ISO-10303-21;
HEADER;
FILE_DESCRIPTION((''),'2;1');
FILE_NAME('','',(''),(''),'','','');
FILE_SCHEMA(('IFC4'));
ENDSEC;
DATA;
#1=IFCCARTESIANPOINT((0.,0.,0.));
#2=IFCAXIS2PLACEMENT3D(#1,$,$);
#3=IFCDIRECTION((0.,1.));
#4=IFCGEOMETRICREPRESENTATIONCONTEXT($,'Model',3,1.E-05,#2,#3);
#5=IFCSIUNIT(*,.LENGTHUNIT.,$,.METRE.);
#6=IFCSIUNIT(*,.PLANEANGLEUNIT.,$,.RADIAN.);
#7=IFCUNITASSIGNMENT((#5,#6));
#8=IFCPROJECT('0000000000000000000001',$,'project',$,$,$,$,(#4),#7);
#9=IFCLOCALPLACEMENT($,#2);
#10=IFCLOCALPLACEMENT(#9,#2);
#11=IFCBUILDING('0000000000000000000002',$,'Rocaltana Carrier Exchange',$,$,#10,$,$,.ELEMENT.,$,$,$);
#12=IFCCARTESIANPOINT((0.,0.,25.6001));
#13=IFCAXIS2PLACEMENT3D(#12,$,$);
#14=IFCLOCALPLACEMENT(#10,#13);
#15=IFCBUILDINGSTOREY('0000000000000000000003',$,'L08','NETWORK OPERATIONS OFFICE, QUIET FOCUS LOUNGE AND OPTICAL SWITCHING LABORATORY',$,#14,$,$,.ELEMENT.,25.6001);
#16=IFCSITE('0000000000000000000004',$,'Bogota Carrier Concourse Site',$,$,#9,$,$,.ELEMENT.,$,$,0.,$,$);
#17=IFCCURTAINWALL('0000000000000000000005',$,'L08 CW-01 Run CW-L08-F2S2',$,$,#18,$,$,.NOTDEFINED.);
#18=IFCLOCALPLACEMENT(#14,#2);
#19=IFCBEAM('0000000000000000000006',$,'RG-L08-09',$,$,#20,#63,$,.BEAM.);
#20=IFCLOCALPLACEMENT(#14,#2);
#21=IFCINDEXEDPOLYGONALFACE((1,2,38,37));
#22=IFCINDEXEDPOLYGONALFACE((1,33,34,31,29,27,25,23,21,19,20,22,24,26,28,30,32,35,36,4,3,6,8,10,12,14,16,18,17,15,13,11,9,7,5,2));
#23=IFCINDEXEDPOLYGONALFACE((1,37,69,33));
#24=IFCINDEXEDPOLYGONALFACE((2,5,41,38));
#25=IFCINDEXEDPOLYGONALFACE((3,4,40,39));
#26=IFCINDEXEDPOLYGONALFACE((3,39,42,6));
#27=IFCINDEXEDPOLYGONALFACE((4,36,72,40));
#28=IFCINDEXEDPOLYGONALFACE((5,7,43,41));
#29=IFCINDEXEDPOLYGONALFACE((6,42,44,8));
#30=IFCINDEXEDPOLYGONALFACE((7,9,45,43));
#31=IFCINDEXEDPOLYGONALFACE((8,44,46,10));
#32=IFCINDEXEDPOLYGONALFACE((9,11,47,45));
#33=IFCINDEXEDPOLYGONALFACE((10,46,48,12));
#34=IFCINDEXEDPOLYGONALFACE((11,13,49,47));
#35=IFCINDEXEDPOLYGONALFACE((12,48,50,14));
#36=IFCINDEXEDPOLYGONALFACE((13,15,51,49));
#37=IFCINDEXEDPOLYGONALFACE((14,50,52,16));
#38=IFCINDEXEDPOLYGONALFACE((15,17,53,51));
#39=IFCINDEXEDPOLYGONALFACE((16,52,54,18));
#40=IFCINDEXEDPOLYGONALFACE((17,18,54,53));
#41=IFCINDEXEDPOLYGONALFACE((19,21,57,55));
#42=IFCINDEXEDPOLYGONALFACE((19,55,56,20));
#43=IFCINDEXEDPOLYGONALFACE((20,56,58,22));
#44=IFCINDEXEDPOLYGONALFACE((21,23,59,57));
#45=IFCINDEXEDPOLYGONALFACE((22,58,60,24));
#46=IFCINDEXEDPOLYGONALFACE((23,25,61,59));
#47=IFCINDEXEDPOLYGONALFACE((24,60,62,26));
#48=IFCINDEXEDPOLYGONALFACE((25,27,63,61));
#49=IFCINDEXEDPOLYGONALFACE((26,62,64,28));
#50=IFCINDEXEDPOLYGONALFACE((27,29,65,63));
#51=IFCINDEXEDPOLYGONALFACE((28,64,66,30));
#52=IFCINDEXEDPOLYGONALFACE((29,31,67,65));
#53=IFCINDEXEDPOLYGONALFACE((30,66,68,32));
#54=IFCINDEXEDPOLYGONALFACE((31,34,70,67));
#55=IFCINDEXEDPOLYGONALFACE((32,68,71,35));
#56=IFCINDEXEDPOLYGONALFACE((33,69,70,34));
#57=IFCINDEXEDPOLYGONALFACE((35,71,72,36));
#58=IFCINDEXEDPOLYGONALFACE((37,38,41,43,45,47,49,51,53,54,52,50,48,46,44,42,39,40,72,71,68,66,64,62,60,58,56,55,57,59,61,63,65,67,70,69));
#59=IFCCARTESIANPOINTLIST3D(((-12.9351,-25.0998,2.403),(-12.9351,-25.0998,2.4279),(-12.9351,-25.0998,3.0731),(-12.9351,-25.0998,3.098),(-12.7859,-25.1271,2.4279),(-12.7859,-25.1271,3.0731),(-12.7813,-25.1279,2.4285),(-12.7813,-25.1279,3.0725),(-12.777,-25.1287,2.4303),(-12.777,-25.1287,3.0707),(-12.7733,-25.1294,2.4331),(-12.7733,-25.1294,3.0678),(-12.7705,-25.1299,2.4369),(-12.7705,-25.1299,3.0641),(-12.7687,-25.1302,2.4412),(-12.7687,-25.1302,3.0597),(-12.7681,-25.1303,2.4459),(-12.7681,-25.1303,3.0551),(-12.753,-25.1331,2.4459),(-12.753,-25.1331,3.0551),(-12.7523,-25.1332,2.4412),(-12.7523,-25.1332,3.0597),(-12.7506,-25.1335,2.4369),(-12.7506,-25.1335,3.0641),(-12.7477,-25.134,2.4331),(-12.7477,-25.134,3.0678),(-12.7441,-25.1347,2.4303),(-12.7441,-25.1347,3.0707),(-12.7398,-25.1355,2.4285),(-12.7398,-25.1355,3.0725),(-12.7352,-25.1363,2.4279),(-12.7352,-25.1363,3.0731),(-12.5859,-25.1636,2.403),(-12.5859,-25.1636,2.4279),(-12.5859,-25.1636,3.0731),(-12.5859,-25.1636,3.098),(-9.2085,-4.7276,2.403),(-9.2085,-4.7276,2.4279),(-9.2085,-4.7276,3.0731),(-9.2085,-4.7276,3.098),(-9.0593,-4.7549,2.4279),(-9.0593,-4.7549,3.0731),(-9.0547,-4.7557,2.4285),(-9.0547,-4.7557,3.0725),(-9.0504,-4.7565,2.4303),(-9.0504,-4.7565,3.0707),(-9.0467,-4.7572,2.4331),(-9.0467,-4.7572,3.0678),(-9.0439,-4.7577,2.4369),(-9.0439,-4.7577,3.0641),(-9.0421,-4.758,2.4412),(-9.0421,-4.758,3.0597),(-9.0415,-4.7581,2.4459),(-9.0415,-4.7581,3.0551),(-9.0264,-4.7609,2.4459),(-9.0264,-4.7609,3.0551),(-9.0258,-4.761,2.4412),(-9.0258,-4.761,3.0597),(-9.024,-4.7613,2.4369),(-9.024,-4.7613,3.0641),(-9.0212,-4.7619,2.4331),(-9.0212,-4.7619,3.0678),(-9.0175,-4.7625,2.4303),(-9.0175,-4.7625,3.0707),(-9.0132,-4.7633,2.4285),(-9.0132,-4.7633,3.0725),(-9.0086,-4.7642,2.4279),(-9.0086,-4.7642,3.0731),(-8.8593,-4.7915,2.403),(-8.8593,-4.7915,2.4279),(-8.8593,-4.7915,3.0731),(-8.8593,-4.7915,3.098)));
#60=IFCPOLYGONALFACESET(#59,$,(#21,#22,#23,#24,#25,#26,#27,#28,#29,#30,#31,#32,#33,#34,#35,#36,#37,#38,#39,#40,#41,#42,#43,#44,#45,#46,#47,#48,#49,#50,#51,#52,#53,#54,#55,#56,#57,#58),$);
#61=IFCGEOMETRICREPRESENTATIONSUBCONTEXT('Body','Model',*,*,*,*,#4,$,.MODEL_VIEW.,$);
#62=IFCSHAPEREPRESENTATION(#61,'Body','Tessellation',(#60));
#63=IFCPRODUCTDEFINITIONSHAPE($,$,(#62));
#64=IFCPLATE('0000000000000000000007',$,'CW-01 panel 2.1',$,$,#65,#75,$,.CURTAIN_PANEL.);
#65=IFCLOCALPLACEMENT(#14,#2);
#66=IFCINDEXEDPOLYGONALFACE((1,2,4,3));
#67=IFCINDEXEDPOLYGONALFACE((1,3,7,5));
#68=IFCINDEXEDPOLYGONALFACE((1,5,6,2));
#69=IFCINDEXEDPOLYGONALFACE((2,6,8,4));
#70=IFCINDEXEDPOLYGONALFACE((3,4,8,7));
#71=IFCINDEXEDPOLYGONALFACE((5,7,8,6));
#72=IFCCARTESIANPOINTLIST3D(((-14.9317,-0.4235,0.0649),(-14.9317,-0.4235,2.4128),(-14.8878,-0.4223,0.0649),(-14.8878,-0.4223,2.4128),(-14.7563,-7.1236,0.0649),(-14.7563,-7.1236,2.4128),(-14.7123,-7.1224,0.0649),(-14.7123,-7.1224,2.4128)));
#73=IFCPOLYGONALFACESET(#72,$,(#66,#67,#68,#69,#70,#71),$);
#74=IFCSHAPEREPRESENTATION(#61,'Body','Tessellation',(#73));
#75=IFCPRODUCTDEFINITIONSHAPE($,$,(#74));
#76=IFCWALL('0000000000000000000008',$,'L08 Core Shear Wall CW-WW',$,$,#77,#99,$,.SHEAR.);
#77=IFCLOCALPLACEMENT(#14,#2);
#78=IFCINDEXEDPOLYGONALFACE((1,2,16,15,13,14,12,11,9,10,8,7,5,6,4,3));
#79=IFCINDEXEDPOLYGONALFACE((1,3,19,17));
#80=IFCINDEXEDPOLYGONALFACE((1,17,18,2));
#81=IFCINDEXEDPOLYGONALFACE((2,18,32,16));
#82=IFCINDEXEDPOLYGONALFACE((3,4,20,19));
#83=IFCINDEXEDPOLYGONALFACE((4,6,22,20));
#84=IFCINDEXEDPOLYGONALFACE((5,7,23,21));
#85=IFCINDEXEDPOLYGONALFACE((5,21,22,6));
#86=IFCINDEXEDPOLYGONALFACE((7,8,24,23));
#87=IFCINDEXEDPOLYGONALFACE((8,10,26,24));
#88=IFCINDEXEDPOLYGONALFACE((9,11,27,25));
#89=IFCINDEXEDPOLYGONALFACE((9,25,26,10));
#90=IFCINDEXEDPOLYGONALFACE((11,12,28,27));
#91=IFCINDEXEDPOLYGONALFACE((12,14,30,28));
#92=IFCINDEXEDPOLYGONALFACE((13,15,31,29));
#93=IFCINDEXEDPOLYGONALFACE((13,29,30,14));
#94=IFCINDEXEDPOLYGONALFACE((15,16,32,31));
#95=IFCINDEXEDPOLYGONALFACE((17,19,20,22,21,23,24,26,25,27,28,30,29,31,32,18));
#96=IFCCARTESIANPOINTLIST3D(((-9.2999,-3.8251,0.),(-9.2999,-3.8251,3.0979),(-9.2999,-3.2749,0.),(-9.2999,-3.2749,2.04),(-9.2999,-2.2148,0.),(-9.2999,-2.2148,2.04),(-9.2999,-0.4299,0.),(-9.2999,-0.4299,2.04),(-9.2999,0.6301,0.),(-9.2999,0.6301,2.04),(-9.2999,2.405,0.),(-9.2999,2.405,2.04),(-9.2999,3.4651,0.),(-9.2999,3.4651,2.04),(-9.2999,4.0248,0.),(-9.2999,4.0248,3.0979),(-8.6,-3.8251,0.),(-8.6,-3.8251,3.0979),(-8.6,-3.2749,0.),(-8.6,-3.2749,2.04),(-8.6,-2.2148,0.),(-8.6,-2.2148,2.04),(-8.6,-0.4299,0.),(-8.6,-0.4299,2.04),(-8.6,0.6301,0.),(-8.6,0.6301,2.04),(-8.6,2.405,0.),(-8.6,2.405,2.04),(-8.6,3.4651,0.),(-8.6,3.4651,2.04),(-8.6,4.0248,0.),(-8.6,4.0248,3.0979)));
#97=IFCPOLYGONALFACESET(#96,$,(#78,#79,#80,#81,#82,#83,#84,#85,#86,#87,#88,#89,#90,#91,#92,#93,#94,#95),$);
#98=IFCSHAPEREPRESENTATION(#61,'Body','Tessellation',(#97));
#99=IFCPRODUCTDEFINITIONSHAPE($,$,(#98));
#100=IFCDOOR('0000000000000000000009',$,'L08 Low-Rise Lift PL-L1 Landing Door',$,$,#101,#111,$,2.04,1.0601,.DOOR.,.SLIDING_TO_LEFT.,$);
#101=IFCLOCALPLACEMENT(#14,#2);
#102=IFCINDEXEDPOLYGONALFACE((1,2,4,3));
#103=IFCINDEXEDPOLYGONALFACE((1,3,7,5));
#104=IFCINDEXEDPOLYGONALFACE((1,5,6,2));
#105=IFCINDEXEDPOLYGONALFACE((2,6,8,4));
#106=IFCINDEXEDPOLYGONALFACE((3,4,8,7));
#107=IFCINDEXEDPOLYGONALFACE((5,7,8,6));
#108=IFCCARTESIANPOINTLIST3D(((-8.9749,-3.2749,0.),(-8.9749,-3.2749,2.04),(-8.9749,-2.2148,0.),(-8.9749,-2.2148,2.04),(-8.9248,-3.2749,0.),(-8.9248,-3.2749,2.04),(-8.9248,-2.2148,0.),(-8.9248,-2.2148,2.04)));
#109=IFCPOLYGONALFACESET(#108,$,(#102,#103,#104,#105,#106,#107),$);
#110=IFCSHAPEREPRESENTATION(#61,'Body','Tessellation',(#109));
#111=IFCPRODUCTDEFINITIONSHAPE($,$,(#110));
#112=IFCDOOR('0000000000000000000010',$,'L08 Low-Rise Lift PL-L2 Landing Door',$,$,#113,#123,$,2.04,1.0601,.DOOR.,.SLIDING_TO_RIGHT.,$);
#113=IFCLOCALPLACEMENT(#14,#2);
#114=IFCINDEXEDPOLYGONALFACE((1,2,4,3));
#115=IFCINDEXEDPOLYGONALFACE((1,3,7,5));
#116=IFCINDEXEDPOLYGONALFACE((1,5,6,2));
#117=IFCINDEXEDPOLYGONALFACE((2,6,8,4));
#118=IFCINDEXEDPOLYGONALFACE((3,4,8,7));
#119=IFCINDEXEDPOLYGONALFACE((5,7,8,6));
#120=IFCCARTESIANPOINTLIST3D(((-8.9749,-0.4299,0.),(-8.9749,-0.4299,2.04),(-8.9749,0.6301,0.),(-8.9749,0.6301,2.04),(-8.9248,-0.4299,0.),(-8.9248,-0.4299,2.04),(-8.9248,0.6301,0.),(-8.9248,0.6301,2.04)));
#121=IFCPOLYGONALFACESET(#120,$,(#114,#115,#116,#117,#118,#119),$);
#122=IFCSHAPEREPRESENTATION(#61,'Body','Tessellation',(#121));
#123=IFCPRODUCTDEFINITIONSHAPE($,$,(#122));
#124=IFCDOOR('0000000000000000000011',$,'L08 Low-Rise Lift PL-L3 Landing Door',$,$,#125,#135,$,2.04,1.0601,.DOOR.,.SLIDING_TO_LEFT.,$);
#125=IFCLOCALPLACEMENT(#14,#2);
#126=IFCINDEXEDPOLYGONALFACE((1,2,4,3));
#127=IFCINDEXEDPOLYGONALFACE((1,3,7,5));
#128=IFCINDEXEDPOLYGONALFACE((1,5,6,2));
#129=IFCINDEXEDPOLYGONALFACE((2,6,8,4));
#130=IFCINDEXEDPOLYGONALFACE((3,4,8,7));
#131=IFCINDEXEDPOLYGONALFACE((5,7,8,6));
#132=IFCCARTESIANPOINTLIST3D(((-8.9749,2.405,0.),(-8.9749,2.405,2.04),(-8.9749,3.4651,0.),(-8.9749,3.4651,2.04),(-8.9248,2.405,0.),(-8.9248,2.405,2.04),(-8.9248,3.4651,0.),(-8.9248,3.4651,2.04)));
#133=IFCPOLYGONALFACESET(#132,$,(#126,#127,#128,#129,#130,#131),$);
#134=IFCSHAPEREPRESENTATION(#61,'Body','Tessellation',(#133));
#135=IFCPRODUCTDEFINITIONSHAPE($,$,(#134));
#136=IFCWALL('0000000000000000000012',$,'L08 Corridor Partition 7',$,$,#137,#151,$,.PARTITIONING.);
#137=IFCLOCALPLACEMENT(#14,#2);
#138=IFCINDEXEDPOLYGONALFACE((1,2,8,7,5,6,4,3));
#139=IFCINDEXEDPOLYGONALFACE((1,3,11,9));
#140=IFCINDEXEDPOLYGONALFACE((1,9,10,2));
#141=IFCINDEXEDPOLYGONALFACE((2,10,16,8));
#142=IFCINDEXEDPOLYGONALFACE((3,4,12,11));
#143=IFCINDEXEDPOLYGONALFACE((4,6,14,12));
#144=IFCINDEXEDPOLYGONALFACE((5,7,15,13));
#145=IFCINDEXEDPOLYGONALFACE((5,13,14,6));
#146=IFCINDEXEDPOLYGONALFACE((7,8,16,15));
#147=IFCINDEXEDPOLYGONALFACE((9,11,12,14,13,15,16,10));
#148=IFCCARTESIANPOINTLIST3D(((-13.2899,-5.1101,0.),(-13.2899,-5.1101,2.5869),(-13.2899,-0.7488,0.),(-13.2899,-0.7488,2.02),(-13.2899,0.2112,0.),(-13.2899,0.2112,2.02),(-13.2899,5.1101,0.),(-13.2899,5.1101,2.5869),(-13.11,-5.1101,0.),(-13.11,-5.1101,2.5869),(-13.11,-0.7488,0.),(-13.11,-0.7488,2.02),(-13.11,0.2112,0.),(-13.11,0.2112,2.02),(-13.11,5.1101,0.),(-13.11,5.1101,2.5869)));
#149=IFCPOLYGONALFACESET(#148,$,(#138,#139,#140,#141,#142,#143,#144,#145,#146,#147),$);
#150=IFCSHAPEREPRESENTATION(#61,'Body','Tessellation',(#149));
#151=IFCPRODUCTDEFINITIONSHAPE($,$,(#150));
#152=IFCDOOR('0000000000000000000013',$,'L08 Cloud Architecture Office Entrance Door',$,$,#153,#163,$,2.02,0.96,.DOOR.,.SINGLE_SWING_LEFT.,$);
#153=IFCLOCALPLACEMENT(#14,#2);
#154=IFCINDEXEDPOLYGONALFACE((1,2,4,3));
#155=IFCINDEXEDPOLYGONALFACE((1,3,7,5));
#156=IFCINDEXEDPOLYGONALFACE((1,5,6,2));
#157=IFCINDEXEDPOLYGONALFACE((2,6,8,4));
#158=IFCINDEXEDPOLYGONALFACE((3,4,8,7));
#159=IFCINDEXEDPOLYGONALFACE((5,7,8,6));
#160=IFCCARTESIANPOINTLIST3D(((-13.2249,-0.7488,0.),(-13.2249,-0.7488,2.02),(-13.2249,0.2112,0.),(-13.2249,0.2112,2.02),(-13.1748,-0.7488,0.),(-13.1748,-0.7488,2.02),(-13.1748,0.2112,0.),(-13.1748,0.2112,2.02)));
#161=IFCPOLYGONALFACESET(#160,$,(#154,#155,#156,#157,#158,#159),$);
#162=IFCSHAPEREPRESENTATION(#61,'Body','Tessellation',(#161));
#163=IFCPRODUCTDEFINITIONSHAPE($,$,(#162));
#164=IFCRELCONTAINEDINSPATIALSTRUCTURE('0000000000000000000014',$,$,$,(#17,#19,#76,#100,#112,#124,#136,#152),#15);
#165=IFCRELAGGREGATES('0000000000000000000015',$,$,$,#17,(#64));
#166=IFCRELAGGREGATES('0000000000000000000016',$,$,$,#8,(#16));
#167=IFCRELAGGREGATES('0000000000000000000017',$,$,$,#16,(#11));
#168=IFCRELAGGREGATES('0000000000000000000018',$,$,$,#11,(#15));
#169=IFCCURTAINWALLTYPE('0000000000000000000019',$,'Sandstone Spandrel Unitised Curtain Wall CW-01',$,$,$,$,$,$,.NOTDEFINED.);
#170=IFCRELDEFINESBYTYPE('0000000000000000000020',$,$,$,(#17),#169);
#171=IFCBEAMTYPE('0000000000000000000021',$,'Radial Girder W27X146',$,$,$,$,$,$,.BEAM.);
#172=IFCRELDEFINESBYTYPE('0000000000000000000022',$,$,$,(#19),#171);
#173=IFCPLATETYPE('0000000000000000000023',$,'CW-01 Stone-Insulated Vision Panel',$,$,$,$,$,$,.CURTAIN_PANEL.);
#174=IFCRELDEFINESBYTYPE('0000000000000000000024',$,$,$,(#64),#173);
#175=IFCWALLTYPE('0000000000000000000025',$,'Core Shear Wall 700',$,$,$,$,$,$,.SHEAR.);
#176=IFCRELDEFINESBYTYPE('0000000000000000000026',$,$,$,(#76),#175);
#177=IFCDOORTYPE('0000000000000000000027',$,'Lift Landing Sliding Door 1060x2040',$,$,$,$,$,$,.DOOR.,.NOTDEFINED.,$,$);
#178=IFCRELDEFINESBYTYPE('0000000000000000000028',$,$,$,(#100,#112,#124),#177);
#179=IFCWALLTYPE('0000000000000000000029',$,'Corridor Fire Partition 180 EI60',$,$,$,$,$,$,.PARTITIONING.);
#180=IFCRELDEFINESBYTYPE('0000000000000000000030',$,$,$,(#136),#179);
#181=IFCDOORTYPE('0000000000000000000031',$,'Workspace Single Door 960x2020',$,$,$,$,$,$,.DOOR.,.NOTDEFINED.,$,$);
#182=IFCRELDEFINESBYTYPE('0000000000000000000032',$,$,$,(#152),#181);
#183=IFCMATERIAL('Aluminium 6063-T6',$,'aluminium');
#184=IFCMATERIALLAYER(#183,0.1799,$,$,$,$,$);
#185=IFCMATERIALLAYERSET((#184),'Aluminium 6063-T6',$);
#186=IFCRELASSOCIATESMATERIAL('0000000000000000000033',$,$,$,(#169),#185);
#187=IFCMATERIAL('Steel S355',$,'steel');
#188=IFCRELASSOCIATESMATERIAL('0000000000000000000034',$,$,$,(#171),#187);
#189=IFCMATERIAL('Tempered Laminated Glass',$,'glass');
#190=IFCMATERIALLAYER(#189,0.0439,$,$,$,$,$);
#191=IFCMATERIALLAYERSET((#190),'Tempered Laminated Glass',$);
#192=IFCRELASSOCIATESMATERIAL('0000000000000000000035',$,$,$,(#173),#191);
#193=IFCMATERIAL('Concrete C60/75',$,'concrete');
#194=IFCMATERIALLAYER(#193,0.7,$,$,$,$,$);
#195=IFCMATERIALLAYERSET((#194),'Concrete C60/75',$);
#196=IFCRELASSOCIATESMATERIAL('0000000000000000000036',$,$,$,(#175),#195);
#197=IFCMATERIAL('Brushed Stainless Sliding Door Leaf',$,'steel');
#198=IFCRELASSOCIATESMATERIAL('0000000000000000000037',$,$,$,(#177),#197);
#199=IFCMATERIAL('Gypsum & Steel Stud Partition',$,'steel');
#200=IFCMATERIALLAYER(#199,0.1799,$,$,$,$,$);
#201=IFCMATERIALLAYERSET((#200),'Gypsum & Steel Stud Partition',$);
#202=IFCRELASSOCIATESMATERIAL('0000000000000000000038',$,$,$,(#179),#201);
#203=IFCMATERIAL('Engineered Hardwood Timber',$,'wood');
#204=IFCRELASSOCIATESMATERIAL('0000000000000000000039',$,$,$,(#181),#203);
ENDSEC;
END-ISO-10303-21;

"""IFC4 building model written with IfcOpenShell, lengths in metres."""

from ifc_helpers import new_model, si_unit, direction, frame, frame_2d, origin, origin_2d, place, context, subcontext, project, spatial, rectangle, i_section, extrude, material, layer, layer_set, material_profile, profile_set, type_object, element, fill, aggregate, save


model = new_model("IFC4")

# Units and contexts
model_context = context("Model", 3, precision=1e-05, world=origin(), true_north=direction((0.0, 1.0)))
body_context = subcontext(model_context, "Body", "Model", "MODEL_VIEW")
ifc_project = project(units=[si_unit("LENGTHUNIT", "METRE"), si_unit("PLANEANGLEUNIT", "RADIAN")], contexts=[model_context])

# Site, building, storey
site_placement = place(None, origin())
site = spatial("IfcSite", under=ifc_project, at=site_placement, Name="Bogota Carrier Concourse Site", CompositionType="ELEMENT", RefElevation=0.0)
building_placement = place(site_placement, origin())
building = spatial("IfcBuilding", under=site, at=building_placement, Name="Rocaltana Carrier Exchange", CompositionType="ELEMENT")
storey_placement = place(building_placement, frame((0.0, 0.0, 25.6001)))
storey = spatial("IfcBuildingStorey", under=building, at=storey_placement, Name="L08", Description="NETWORK OPERATIONS OFFICE, QUIET FOCUS LOUNGE AND OPTICAL SWITCHING LABORATORY", CompositionType="ELEMENT", Elevation=25.6001)

# Curtain wall
ifc_material_1 = material(Name="Aluminium 6063-T6", Category="aluminium")
ifc_layer_1 = layer(ifc_material_1, 0.1799)
ifc_layer_set_1 = layer_set([ifc_layer_1], Name="Aluminium 6063-T6")
curtain_wall_type = type_object("IfcCurtainWallType", Name="Sandstone Spandrel Unitised Curtain Wall CW-01", PredefinedType="NOTDEFINED", material=ifc_layer_set_1)
curtain_wall_placement = place(storey_placement, origin())
curtain_wall = element("IfcCurtainWall", 1, at=curtain_wall_placement, inside=storey, type_object=curtain_wall_type, Name="L08 CW-01 Run CW-L08-F2S2", PredefinedType="NOTDEFINED")

# Beam
ifc_material_2 = material(Name="Steel S355", Category="steel")
ifc_material_profile_1 = material_profile(ifc_material_2, i_section(OverallWidth=0.355, OverallDepth=0.6951, WebThickness=0.0154, FlangeThickness=0.0249, FilletRadius=0.0181, at=origin_2d()), Name="W27X146")
ifc_profile_set_1 = profile_set([ifc_material_profile_1], Name="Steel S355")
beam_type_1 = type_object("IfcBeamType", Name="Radial Girder W27X146", PredefinedType="BEAM", material=ifc_profile_set_1)
beam_1_placement = place(storey_placement, frame((-9.0339, -4.7595, 2.7505), z_axis=(-0.179939, -0.983678, 0.0), x_axis=(0.983678, -0.179939, 0.0)))
element("IfcBeam", 2, at=beam_1_placement, inside=storey, type_object=beam_type_1, Name="RG-L08-09", PredefinedType="BEAM", context=body_context, shape_type="SweptSolid", body=[
    extrude(i_section(OverallWidth=0.355, OverallDepth=0.6951, WebThickness=0.0154, FlangeThickness=0.0249, FilletRadius=0.0181, at=origin_2d()), origin(), (0.0, 0.0, 1.0), 20.7102),
])

# Plate
ifc_material_3 = material(Name="Tempered Laminated Glass", Category="glass")
ifc_layer_2 = layer(ifc_material_3, 0.0439)
ifc_layer_set_2 = layer_set([ifc_layer_2], Name="Tempered Laminated Glass")
plate_type = type_object("IfcPlateType", Name="CW-01 Stone-Insulated Vision Panel", PredefinedType="CURTAIN_PANEL", material=ifc_layer_set_2)
plate_placement = place(storey_placement, frame((-14.822, -3.7729, 0.0649), z_axis=(0.0, 0.0, 1.0), x_axis=(0.026177, -0.999657, 0.0)))
plate = element("IfcPlate", 3, at=plate_placement, type_object=plate_type, Name="CW-01 panel 2.1", PredefinedType="CURTAIN_PANEL", context=body_context, shape_type="SweptSolid", body=[
    extrude(rectangle(XDim=6.7024, YDim=0.0439, at=origin_2d()), origin(), (0.0, 0.0, 1.0), 2.3479),
])
aggregate(curtain_wall, [plate])

# Wall, openings, doors
ifc_material_4 = material(Name="Concrete C60/75", Category="concrete")
ifc_layer_3 = layer(ifc_material_4, 0.7)
ifc_layer_set_3 = layer_set([ifc_layer_3], Name="Concrete C60/75")
wall_type_1 = type_object("IfcWallType", Name="Core Shear Wall 700", PredefinedType="SHEAR", material=ifc_layer_set_3)
wall_1_placement = place(storey_placement, frame((-8.95, -3.825, 0.0), z_axis=(0.0, 0.0, 1.0), x_axis=(0.0, 1.0, 0.0)))
wall_1 = element("IfcWall", 4, at=wall_1_placement, inside=storey, type_object=wall_type_1, Name="L08 Core Shear Wall CW-WW", PredefinedType="SHEAR", context=body_context, shape_type="SweptSolid", body=[
    extrude(rectangle(XDim=7.8499, YDim=0.7, at=frame_2d((3.9248, 0.0))), origin(), (0.0, 0.0, 1.0), 3.0979),
])
opening_1_placement = place(wall_1_placement, frame((0.55, 0.0, 0.0)))
opening_1 = element("IfcOpeningElement", 5, at=opening_1_placement, cuts=wall_1, PredefinedType="OPENING", context=body_context, shape_type="SweptSolid", body=[
    extrude(rectangle(XDim=1.0601, YDim=2.04, at=frame_2d((0.53, 1.02))), frame((0.0, 0.3599, 0.0), z_axis=(0.0, -1.0, 0.0), x_axis=(1.0, 0.0, 0.0)), (0.0, 0.0, 1.0), 0.72),
])
opening_2_placement = place(wall_1_placement, frame((3.395, 0.0, 0.0)))
opening_2 = element("IfcOpeningElement", 6, at=opening_2_placement, cuts=wall_1, PredefinedType="OPENING", context=body_context, shape_type="SweptSolid", body=[
    extrude(rectangle(XDim=1.0601, YDim=2.04, at=frame_2d((0.53, 1.02))), frame((0.0, 0.3599, 0.0), z_axis=(0.0, -1.0, 0.0), x_axis=(1.0, 0.0, 0.0)), (0.0, 0.0, 1.0), 0.72),
])
opening_3_placement = place(wall_1_placement, frame((6.23, 0.0, 0.0)))
opening_3 = element("IfcOpeningElement", 7, at=opening_3_placement, cuts=wall_1, PredefinedType="OPENING", context=body_context, shape_type="SweptSolid", body=[
    extrude(rectangle(XDim=1.0601, YDim=2.04, at=frame_2d((0.53, 1.02))), frame((0.0, 0.3599, 0.0), z_axis=(0.0, -1.0, 0.0), x_axis=(1.0, 0.0, 0.0)), (0.0, 0.0, 1.0), 0.72),
])
ifc_material_5 = material(Name="Brushed Stainless Sliding Door Leaf", Category="steel")
door_type_1 = type_object("IfcDoorType", Name="Lift Landing Sliding Door 1060x2040", OperationType="NOTDEFINED", PredefinedType="DOOR", material=ifc_material_5)
door_1_placement = place(opening_1_placement, origin())
door_1 = element("IfcDoor", 8, at=door_1_placement, inside=storey, type_object=door_type_1, Name="L08 Low-Rise Lift PL-L1 Landing Door", OperationType="SLIDING_TO_LEFT", OverallHeight=2.04, OverallWidth=1.0601, PredefinedType="DOOR", context=body_context, shape_type="SweptSolid", body=[
    extrude(rectangle(XDim=1.0601, YDim=2.04, at=frame_2d((0.53, 1.02))), frame((0.0, 0.0249, 0.0), z_axis=(0.0, -1.0, 0.0), x_axis=(1.0, 0.0, 0.0)), (0.0, 0.0, 1.0), 0.05),
])
fill(opening_1, door_1)
door_2_placement = place(opening_2_placement, origin())
door_2 = element("IfcDoor", 9, at=door_2_placement, inside=storey, type_object=door_type_1, Name="L08 Low-Rise Lift PL-L2 Landing Door", OperationType="SLIDING_TO_RIGHT", OverallHeight=2.04, OverallWidth=1.0601, PredefinedType="DOOR", context=body_context, shape_type="SweptSolid", body=[
    extrude(rectangle(XDim=1.0601, YDim=2.04, at=frame_2d((0.53, 1.02))), frame((0.0, 0.0249, 0.0), z_axis=(0.0, -1.0, 0.0), x_axis=(1.0, 0.0, 0.0)), (0.0, 0.0, 1.0), 0.05),
])
fill(opening_2, door_2)
door_3_placement = place(opening_3_placement, origin())
door_3 = element("IfcDoor", 10, at=door_3_placement, inside=storey, type_object=door_type_1, Name="L08 Low-Rise Lift PL-L3 Landing Door", OperationType="SLIDING_TO_LEFT", OverallHeight=2.04, OverallWidth=1.0601, PredefinedType="DOOR", context=body_context, shape_type="SweptSolid", body=[
    extrude(rectangle(XDim=1.0601, YDim=2.04, at=frame_2d((0.53, 1.02))), frame((0.0, 0.0249, 0.0), z_axis=(0.0, -1.0, 0.0), x_axis=(1.0, 0.0, 0.0)), (0.0, 0.0, 1.0), 0.05),
])
fill(opening_3, door_3)

# Wall, opening, door
ifc_material_6 = material(Name="Gypsum & Steel Stud Partition", Category="steel")
ifc_layer_4 = layer(ifc_material_6, 0.1799)
ifc_layer_set_4 = layer_set([ifc_layer_4], Name="Gypsum & Steel Stud Partition")
wall_type_2 = type_object("IfcWallType", Name="Corridor Fire Partition 180 EI60", PredefinedType="PARTITIONING", material=ifc_layer_set_4)
wall_2_placement = place(storey_placement, frame((-13.2, -5.1101, 0.0), z_axis=(0.0, 0.0, 1.0), x_axis=(0.0, 1.0, 0.0)))
wall_2 = element("IfcWall", 11, at=wall_2_placement, inside=storey, type_object=wall_type_2, Name="L08 Corridor Partition 7", PredefinedType="PARTITIONING", context=body_context, shape_type="SweptSolid", body=[
    extrude(rectangle(XDim=10.2202, YDim=0.1799, at=frame_2d((5.1101, 0.0))), origin(), (0.0, 0.0, 1.0), 2.5869),
])
opening_4_placement = place(wall_2_placement, frame((4.3613, 0.0, 0.0)))
opening_4 = element("IfcOpeningElement", 12, at=opening_4_placement, cuts=wall_2, PredefinedType="OPENING", context=body_context, shape_type="SweptSolid", body=[
    extrude(rectangle(XDim=0.96, YDim=2.02, at=frame_2d((0.48, 1.01))), frame((0.0, 0.0999, 0.0), z_axis=(0.0, -1.0, 0.0), x_axis=(1.0, 0.0, 0.0)), (0.0, 0.0, 1.0), 0.2),
])
ifc_material_7 = material(Name="Engineered Hardwood Timber", Category="wood")
door_type_2 = type_object("IfcDoorType", Name="Workspace Single Door 960x2020", OperationType="NOTDEFINED", PredefinedType="DOOR", material=ifc_material_7)
door_4_placement = place(opening_4_placement, origin())
door_4 = element("IfcDoor", 13, at=door_4_placement, inside=storey, type_object=door_type_2, Name="L08 Cloud Architecture Office Entrance Door", OperationType="SINGLE_SWING_LEFT", OverallHeight=2.02, OverallWidth=0.96, PredefinedType="DOOR", context=body_context, shape_type="SweptSolid", body=[
    extrude(rectangle(XDim=0.96, YDim=2.02, at=frame_2d((0.48, 1.01))), frame((0.0, 0.0249, 0.0), z_axis=(0.0, -1.0, 0.0), x_axis=(1.0, 0.0, 0.0)), (0.0, 0.0, 1.0), 0.05),
])
fill(opening_4, door_4)

save(model, "model.ifc")
